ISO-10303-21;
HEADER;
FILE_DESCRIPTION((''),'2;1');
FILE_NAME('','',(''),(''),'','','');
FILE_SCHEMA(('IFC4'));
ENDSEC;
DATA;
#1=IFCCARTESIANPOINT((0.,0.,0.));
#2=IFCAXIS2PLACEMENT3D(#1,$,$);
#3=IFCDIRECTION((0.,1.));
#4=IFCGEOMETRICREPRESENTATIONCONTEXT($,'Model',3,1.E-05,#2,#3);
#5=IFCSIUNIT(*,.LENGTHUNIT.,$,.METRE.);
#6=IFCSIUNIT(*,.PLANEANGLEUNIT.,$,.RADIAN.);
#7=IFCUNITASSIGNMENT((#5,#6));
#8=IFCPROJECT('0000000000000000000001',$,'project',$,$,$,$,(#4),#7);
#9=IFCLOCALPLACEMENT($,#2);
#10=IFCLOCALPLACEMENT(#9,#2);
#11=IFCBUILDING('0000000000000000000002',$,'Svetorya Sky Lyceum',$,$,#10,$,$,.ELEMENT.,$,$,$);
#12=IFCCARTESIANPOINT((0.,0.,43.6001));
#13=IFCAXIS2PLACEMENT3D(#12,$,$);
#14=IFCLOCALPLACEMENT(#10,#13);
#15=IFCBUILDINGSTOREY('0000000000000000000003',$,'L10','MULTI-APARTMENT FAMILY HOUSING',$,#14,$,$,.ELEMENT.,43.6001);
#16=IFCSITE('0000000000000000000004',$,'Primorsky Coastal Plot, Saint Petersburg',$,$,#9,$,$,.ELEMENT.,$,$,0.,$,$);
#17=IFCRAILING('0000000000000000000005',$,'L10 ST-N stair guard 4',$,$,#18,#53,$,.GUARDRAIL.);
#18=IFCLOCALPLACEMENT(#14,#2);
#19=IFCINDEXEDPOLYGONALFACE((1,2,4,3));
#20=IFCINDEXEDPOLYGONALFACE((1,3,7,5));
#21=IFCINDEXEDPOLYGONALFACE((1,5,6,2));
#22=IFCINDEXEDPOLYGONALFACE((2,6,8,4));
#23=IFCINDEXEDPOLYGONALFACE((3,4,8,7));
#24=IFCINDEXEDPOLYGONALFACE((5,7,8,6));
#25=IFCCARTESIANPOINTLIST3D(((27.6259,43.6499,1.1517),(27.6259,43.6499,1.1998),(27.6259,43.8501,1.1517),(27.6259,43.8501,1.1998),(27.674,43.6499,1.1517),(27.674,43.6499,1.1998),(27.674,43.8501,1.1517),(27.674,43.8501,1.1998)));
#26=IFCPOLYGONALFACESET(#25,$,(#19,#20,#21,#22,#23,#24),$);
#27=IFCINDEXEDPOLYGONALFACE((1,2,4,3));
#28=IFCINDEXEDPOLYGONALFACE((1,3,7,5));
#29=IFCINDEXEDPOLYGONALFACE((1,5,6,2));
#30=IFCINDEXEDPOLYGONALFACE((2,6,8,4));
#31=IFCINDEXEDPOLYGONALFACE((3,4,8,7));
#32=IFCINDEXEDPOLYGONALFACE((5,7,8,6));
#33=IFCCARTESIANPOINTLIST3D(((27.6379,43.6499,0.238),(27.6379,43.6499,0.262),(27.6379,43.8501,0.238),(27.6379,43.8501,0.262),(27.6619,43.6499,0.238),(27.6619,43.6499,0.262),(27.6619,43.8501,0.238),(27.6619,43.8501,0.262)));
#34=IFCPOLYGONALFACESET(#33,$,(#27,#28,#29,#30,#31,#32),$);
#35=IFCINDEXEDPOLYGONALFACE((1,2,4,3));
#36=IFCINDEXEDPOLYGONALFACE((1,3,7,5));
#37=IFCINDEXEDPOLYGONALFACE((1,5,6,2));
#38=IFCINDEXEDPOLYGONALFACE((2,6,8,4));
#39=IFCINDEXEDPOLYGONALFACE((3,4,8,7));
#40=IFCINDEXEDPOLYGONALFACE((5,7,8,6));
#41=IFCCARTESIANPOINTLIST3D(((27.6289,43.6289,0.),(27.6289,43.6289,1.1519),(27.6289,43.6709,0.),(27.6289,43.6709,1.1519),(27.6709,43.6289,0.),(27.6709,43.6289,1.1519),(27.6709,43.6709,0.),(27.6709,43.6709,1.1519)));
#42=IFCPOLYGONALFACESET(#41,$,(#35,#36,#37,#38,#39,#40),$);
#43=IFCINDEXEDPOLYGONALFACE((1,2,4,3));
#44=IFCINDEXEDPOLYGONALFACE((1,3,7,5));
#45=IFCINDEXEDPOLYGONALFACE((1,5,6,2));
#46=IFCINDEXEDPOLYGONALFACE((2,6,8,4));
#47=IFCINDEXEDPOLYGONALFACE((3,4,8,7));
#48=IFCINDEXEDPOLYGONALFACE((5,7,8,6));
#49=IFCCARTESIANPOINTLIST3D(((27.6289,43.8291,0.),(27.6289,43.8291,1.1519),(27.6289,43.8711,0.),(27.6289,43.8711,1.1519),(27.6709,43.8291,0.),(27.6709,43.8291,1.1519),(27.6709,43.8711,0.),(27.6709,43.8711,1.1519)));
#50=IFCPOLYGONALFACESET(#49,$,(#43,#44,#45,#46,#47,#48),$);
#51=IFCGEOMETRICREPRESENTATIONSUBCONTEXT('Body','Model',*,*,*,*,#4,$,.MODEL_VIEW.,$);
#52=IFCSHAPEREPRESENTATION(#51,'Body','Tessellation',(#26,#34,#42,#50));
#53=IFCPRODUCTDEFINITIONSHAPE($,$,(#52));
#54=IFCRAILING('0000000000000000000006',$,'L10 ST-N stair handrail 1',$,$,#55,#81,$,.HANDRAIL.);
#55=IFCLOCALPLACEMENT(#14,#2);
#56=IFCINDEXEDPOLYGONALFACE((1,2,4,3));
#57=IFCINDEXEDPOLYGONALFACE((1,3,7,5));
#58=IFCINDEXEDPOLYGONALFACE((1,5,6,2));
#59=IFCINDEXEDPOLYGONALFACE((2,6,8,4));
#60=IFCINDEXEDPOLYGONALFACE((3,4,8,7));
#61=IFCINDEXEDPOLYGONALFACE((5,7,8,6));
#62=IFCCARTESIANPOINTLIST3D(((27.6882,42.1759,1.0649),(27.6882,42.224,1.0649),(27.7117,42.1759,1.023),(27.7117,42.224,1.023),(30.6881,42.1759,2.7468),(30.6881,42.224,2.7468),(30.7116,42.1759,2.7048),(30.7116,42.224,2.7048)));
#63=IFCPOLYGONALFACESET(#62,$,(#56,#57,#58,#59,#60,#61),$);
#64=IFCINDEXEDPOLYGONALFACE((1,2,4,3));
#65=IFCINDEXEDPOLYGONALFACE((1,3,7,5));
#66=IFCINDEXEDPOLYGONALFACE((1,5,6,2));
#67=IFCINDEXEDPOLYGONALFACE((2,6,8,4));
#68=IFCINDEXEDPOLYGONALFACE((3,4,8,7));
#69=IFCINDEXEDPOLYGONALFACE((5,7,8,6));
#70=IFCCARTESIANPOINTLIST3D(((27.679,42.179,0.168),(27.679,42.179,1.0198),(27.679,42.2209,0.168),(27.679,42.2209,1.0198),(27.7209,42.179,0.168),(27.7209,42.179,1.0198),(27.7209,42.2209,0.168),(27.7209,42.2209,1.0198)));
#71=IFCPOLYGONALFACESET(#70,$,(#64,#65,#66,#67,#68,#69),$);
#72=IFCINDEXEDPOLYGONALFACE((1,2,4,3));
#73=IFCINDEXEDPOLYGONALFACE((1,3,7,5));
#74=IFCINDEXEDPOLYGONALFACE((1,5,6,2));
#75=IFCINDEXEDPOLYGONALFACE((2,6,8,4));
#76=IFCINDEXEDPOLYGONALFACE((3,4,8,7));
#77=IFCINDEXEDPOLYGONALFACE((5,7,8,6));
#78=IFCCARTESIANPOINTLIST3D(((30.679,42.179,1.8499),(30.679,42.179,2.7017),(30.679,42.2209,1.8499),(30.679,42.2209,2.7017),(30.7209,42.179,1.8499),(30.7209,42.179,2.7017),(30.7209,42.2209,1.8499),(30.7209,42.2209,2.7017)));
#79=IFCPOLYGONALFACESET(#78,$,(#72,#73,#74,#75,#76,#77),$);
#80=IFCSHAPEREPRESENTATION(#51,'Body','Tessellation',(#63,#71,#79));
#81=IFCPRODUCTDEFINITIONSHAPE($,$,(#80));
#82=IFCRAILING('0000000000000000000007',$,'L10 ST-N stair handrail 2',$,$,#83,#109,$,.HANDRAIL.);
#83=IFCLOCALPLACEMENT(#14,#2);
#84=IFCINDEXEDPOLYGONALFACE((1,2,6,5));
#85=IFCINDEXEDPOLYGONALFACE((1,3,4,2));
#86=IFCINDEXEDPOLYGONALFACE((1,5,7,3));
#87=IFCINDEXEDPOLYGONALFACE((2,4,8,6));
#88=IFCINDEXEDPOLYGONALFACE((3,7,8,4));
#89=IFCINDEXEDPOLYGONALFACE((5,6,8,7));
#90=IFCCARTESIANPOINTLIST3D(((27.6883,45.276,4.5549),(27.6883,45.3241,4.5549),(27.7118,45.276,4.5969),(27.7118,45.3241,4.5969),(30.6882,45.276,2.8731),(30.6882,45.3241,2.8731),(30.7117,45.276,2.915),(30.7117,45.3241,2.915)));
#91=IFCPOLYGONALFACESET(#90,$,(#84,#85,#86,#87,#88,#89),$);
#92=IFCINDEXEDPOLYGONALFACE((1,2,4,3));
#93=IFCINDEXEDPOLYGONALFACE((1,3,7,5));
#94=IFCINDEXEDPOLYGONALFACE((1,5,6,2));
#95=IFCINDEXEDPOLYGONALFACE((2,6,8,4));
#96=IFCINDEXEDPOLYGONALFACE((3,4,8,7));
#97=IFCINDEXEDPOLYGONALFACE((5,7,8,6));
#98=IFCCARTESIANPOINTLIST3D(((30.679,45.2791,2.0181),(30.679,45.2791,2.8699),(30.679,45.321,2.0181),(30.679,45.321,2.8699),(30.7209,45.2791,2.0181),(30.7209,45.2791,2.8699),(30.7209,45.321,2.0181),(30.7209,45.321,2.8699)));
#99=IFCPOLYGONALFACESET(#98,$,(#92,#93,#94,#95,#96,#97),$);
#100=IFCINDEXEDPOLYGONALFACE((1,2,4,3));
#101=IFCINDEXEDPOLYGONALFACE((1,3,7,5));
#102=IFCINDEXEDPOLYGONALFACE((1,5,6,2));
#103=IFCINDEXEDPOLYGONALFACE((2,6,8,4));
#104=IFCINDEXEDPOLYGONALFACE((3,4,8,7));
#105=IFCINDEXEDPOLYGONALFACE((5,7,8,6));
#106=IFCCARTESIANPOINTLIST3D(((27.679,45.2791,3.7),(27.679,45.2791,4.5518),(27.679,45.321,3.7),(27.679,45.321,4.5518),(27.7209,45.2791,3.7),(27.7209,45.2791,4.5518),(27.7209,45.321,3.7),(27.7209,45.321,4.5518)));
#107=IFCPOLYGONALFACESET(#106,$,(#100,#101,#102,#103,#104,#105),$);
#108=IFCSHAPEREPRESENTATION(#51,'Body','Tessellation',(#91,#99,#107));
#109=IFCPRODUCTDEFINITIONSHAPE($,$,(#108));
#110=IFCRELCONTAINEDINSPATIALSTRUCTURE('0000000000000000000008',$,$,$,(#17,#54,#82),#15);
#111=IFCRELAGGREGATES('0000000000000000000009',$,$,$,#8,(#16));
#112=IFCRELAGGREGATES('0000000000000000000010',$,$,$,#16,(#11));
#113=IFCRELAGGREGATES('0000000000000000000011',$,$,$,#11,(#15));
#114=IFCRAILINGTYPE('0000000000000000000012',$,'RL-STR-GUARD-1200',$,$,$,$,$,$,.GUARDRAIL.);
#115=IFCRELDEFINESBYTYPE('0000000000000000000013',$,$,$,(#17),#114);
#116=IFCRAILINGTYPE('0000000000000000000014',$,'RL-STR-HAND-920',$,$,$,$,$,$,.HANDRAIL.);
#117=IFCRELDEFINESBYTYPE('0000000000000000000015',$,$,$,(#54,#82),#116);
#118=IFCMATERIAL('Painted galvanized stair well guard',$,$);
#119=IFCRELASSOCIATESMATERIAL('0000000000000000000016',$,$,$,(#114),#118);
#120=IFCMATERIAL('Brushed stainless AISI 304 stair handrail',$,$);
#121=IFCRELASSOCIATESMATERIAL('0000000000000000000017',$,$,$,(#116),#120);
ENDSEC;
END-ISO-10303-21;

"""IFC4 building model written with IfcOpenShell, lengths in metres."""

from ifc_helpers import new_model, si_unit, direction, frame, origin, origin_2d, place, context, subcontext, project, spatial, rectangle, extrude, material, type_object, element, save


model = new_model("IFC4")

# Units and contexts
model_context = context("Model", 3, precision=1e-05, world=origin(), true_north=direction((0.0, 1.0)))
body_context = subcontext(model_context, "Body", "Model", "MODEL_VIEW")
ifc_project = project(units=[si_unit("LENGTHUNIT", "METRE"), si_unit("PLANEANGLEUNIT", "RADIAN")], contexts=[model_context])

# Site, building, storey
site_placement = place(None, origin())
site = spatial("IfcSite", under=ifc_project, at=site_placement, Name="Primorsky Coastal Plot, Saint Petersburg", CompositionType="ELEMENT", RefElevation=0.0)
building_placement = place(site_placement, origin())
building = spatial("IfcBuilding", under=site, at=building_placement, Name="Svetorya Sky Lyceum", CompositionType="ELEMENT")
storey_placement = place(building_placement, frame((0.0, 0.0, 43.6001)))
storey = spatial("IfcBuildingStorey", under=building, at=storey_placement, Name="L10", Description="MULTI-APARTMENT FAMILY HOUSING", CompositionType="ELEMENT", Elevation=43.6001)

# Railings
ifc_material_1 = material(Name="Painted galvanized stair well guard")
railing_type_1 = type_object("IfcRailingType", Name="RL-STR-GUARD-1200", PredefinedType="GUARDRAIL", material=ifc_material_1)
railing_1_placement = place(storey_placement, frame((27.6499, 43.6499, 0.0)))
element("IfcRailing", 1, at=railing_1_placement, inside=storey, type_object=railing_type_1, Name="L10 ST-N stair guard 4", PredefinedType="GUARDRAIL", context=body_context, shape_type="SweptSolid", body=[
    extrude(rectangle(XDim=0.0481, YDim=0.0481, at=origin_2d()), frame((0.0, 0.0, 1.1758), z_axis=(0.0, 1.0, 0.0), x_axis=(-1.0, 0.0, 0.0)), (0.0, 0.0, 1.0), 0.2002),
    extrude(rectangle(XDim=0.0239, YDim=0.0239, at=origin_2d()), frame((0.0, 0.0, 0.25), z_axis=(0.0, 1.0, 0.0), x_axis=(-1.0, 0.0, 0.0)), (0.0, 0.0, 1.0), 0.2002),
    extrude(rectangle(XDim=0.042, YDim=0.042, at=origin_2d()), origin(), (0.0, 0.0, 1.0), 1.1519),
    extrude(rectangle(XDim=0.042, YDim=0.042, at=origin_2d()), frame((0.0, 0.2002, 0.0)), (0.0, 0.0, 1.0), 1.1519),
])
ifc_material_2 = material(Name="Brushed stainless AISI 304 stair handrail")
railing_type_2 = type_object("IfcRailingType", Name="RL-STR-HAND-920", PredefinedType="HANDRAIL", material=ifc_material_2)
railing_2_placement = place(storey_placement, frame((27.7, 42.2, 0.168)))
element("IfcRailing", 2, at=railing_2_placement, inside=storey, type_object=railing_type_2, Name="L10 ST-N stair handrail 1", PredefinedType="HANDRAIL", context=body_context, shape_type="SweptSolid", body=[
    extrude(rectangle(XDim=0.0481, YDim=0.0481, at=origin_2d()), frame((0.0, 0.0, 0.876), z_axis=(0.872272, 0.0, 0.48902), x_axis=(0.0, 1.0, 0.0)), (0.0, 0.0, 1.0), 3.4392),
    extrude(rectangle(XDim=0.042, YDim=0.042, at=origin_2d()), origin(), (0.0, 0.0, 1.0), 0.8518),
    extrude(rectangle(XDim=0.042, YDim=0.042, at=origin_2d()), frame((3.0, 0.0, 1.6819)), (0.0, 0.0, 1.0), 0.8518),
])
railing_3_placement = place(storey_placement, frame((30.7, 45.3, 2.0181)))
element("IfcRailing", 3, at=railing_3_placement, inside=storey, type_object=railing_type_2, Name="L10 ST-N stair handrail 2", PredefinedType="HANDRAIL", context=body_context, shape_type="SweptSolid", body=[
    extrude(rectangle(XDim=0.0481, YDim=0.0481, at=origin_2d()), frame((0.0, 0.0, 0.876), z_axis=(-0.872272, 0.0, 0.48902), x_axis=(0.0, -1.0, 0.0)), (0.0, 0.0, 1.0), 3.4392),
    extrude(rectangle(XDim=0.042, YDim=0.042, at=origin_2d()), origin(), (0.0, 0.0, 1.0), 0.8518),
    extrude(rectangle(XDim=0.042, YDim=0.042, at=origin_2d()), frame((-3.0, 0.0, 1.6819)), (0.0, 0.0, 1.0), 0.8518),
])

save(model, "model.ifc")
